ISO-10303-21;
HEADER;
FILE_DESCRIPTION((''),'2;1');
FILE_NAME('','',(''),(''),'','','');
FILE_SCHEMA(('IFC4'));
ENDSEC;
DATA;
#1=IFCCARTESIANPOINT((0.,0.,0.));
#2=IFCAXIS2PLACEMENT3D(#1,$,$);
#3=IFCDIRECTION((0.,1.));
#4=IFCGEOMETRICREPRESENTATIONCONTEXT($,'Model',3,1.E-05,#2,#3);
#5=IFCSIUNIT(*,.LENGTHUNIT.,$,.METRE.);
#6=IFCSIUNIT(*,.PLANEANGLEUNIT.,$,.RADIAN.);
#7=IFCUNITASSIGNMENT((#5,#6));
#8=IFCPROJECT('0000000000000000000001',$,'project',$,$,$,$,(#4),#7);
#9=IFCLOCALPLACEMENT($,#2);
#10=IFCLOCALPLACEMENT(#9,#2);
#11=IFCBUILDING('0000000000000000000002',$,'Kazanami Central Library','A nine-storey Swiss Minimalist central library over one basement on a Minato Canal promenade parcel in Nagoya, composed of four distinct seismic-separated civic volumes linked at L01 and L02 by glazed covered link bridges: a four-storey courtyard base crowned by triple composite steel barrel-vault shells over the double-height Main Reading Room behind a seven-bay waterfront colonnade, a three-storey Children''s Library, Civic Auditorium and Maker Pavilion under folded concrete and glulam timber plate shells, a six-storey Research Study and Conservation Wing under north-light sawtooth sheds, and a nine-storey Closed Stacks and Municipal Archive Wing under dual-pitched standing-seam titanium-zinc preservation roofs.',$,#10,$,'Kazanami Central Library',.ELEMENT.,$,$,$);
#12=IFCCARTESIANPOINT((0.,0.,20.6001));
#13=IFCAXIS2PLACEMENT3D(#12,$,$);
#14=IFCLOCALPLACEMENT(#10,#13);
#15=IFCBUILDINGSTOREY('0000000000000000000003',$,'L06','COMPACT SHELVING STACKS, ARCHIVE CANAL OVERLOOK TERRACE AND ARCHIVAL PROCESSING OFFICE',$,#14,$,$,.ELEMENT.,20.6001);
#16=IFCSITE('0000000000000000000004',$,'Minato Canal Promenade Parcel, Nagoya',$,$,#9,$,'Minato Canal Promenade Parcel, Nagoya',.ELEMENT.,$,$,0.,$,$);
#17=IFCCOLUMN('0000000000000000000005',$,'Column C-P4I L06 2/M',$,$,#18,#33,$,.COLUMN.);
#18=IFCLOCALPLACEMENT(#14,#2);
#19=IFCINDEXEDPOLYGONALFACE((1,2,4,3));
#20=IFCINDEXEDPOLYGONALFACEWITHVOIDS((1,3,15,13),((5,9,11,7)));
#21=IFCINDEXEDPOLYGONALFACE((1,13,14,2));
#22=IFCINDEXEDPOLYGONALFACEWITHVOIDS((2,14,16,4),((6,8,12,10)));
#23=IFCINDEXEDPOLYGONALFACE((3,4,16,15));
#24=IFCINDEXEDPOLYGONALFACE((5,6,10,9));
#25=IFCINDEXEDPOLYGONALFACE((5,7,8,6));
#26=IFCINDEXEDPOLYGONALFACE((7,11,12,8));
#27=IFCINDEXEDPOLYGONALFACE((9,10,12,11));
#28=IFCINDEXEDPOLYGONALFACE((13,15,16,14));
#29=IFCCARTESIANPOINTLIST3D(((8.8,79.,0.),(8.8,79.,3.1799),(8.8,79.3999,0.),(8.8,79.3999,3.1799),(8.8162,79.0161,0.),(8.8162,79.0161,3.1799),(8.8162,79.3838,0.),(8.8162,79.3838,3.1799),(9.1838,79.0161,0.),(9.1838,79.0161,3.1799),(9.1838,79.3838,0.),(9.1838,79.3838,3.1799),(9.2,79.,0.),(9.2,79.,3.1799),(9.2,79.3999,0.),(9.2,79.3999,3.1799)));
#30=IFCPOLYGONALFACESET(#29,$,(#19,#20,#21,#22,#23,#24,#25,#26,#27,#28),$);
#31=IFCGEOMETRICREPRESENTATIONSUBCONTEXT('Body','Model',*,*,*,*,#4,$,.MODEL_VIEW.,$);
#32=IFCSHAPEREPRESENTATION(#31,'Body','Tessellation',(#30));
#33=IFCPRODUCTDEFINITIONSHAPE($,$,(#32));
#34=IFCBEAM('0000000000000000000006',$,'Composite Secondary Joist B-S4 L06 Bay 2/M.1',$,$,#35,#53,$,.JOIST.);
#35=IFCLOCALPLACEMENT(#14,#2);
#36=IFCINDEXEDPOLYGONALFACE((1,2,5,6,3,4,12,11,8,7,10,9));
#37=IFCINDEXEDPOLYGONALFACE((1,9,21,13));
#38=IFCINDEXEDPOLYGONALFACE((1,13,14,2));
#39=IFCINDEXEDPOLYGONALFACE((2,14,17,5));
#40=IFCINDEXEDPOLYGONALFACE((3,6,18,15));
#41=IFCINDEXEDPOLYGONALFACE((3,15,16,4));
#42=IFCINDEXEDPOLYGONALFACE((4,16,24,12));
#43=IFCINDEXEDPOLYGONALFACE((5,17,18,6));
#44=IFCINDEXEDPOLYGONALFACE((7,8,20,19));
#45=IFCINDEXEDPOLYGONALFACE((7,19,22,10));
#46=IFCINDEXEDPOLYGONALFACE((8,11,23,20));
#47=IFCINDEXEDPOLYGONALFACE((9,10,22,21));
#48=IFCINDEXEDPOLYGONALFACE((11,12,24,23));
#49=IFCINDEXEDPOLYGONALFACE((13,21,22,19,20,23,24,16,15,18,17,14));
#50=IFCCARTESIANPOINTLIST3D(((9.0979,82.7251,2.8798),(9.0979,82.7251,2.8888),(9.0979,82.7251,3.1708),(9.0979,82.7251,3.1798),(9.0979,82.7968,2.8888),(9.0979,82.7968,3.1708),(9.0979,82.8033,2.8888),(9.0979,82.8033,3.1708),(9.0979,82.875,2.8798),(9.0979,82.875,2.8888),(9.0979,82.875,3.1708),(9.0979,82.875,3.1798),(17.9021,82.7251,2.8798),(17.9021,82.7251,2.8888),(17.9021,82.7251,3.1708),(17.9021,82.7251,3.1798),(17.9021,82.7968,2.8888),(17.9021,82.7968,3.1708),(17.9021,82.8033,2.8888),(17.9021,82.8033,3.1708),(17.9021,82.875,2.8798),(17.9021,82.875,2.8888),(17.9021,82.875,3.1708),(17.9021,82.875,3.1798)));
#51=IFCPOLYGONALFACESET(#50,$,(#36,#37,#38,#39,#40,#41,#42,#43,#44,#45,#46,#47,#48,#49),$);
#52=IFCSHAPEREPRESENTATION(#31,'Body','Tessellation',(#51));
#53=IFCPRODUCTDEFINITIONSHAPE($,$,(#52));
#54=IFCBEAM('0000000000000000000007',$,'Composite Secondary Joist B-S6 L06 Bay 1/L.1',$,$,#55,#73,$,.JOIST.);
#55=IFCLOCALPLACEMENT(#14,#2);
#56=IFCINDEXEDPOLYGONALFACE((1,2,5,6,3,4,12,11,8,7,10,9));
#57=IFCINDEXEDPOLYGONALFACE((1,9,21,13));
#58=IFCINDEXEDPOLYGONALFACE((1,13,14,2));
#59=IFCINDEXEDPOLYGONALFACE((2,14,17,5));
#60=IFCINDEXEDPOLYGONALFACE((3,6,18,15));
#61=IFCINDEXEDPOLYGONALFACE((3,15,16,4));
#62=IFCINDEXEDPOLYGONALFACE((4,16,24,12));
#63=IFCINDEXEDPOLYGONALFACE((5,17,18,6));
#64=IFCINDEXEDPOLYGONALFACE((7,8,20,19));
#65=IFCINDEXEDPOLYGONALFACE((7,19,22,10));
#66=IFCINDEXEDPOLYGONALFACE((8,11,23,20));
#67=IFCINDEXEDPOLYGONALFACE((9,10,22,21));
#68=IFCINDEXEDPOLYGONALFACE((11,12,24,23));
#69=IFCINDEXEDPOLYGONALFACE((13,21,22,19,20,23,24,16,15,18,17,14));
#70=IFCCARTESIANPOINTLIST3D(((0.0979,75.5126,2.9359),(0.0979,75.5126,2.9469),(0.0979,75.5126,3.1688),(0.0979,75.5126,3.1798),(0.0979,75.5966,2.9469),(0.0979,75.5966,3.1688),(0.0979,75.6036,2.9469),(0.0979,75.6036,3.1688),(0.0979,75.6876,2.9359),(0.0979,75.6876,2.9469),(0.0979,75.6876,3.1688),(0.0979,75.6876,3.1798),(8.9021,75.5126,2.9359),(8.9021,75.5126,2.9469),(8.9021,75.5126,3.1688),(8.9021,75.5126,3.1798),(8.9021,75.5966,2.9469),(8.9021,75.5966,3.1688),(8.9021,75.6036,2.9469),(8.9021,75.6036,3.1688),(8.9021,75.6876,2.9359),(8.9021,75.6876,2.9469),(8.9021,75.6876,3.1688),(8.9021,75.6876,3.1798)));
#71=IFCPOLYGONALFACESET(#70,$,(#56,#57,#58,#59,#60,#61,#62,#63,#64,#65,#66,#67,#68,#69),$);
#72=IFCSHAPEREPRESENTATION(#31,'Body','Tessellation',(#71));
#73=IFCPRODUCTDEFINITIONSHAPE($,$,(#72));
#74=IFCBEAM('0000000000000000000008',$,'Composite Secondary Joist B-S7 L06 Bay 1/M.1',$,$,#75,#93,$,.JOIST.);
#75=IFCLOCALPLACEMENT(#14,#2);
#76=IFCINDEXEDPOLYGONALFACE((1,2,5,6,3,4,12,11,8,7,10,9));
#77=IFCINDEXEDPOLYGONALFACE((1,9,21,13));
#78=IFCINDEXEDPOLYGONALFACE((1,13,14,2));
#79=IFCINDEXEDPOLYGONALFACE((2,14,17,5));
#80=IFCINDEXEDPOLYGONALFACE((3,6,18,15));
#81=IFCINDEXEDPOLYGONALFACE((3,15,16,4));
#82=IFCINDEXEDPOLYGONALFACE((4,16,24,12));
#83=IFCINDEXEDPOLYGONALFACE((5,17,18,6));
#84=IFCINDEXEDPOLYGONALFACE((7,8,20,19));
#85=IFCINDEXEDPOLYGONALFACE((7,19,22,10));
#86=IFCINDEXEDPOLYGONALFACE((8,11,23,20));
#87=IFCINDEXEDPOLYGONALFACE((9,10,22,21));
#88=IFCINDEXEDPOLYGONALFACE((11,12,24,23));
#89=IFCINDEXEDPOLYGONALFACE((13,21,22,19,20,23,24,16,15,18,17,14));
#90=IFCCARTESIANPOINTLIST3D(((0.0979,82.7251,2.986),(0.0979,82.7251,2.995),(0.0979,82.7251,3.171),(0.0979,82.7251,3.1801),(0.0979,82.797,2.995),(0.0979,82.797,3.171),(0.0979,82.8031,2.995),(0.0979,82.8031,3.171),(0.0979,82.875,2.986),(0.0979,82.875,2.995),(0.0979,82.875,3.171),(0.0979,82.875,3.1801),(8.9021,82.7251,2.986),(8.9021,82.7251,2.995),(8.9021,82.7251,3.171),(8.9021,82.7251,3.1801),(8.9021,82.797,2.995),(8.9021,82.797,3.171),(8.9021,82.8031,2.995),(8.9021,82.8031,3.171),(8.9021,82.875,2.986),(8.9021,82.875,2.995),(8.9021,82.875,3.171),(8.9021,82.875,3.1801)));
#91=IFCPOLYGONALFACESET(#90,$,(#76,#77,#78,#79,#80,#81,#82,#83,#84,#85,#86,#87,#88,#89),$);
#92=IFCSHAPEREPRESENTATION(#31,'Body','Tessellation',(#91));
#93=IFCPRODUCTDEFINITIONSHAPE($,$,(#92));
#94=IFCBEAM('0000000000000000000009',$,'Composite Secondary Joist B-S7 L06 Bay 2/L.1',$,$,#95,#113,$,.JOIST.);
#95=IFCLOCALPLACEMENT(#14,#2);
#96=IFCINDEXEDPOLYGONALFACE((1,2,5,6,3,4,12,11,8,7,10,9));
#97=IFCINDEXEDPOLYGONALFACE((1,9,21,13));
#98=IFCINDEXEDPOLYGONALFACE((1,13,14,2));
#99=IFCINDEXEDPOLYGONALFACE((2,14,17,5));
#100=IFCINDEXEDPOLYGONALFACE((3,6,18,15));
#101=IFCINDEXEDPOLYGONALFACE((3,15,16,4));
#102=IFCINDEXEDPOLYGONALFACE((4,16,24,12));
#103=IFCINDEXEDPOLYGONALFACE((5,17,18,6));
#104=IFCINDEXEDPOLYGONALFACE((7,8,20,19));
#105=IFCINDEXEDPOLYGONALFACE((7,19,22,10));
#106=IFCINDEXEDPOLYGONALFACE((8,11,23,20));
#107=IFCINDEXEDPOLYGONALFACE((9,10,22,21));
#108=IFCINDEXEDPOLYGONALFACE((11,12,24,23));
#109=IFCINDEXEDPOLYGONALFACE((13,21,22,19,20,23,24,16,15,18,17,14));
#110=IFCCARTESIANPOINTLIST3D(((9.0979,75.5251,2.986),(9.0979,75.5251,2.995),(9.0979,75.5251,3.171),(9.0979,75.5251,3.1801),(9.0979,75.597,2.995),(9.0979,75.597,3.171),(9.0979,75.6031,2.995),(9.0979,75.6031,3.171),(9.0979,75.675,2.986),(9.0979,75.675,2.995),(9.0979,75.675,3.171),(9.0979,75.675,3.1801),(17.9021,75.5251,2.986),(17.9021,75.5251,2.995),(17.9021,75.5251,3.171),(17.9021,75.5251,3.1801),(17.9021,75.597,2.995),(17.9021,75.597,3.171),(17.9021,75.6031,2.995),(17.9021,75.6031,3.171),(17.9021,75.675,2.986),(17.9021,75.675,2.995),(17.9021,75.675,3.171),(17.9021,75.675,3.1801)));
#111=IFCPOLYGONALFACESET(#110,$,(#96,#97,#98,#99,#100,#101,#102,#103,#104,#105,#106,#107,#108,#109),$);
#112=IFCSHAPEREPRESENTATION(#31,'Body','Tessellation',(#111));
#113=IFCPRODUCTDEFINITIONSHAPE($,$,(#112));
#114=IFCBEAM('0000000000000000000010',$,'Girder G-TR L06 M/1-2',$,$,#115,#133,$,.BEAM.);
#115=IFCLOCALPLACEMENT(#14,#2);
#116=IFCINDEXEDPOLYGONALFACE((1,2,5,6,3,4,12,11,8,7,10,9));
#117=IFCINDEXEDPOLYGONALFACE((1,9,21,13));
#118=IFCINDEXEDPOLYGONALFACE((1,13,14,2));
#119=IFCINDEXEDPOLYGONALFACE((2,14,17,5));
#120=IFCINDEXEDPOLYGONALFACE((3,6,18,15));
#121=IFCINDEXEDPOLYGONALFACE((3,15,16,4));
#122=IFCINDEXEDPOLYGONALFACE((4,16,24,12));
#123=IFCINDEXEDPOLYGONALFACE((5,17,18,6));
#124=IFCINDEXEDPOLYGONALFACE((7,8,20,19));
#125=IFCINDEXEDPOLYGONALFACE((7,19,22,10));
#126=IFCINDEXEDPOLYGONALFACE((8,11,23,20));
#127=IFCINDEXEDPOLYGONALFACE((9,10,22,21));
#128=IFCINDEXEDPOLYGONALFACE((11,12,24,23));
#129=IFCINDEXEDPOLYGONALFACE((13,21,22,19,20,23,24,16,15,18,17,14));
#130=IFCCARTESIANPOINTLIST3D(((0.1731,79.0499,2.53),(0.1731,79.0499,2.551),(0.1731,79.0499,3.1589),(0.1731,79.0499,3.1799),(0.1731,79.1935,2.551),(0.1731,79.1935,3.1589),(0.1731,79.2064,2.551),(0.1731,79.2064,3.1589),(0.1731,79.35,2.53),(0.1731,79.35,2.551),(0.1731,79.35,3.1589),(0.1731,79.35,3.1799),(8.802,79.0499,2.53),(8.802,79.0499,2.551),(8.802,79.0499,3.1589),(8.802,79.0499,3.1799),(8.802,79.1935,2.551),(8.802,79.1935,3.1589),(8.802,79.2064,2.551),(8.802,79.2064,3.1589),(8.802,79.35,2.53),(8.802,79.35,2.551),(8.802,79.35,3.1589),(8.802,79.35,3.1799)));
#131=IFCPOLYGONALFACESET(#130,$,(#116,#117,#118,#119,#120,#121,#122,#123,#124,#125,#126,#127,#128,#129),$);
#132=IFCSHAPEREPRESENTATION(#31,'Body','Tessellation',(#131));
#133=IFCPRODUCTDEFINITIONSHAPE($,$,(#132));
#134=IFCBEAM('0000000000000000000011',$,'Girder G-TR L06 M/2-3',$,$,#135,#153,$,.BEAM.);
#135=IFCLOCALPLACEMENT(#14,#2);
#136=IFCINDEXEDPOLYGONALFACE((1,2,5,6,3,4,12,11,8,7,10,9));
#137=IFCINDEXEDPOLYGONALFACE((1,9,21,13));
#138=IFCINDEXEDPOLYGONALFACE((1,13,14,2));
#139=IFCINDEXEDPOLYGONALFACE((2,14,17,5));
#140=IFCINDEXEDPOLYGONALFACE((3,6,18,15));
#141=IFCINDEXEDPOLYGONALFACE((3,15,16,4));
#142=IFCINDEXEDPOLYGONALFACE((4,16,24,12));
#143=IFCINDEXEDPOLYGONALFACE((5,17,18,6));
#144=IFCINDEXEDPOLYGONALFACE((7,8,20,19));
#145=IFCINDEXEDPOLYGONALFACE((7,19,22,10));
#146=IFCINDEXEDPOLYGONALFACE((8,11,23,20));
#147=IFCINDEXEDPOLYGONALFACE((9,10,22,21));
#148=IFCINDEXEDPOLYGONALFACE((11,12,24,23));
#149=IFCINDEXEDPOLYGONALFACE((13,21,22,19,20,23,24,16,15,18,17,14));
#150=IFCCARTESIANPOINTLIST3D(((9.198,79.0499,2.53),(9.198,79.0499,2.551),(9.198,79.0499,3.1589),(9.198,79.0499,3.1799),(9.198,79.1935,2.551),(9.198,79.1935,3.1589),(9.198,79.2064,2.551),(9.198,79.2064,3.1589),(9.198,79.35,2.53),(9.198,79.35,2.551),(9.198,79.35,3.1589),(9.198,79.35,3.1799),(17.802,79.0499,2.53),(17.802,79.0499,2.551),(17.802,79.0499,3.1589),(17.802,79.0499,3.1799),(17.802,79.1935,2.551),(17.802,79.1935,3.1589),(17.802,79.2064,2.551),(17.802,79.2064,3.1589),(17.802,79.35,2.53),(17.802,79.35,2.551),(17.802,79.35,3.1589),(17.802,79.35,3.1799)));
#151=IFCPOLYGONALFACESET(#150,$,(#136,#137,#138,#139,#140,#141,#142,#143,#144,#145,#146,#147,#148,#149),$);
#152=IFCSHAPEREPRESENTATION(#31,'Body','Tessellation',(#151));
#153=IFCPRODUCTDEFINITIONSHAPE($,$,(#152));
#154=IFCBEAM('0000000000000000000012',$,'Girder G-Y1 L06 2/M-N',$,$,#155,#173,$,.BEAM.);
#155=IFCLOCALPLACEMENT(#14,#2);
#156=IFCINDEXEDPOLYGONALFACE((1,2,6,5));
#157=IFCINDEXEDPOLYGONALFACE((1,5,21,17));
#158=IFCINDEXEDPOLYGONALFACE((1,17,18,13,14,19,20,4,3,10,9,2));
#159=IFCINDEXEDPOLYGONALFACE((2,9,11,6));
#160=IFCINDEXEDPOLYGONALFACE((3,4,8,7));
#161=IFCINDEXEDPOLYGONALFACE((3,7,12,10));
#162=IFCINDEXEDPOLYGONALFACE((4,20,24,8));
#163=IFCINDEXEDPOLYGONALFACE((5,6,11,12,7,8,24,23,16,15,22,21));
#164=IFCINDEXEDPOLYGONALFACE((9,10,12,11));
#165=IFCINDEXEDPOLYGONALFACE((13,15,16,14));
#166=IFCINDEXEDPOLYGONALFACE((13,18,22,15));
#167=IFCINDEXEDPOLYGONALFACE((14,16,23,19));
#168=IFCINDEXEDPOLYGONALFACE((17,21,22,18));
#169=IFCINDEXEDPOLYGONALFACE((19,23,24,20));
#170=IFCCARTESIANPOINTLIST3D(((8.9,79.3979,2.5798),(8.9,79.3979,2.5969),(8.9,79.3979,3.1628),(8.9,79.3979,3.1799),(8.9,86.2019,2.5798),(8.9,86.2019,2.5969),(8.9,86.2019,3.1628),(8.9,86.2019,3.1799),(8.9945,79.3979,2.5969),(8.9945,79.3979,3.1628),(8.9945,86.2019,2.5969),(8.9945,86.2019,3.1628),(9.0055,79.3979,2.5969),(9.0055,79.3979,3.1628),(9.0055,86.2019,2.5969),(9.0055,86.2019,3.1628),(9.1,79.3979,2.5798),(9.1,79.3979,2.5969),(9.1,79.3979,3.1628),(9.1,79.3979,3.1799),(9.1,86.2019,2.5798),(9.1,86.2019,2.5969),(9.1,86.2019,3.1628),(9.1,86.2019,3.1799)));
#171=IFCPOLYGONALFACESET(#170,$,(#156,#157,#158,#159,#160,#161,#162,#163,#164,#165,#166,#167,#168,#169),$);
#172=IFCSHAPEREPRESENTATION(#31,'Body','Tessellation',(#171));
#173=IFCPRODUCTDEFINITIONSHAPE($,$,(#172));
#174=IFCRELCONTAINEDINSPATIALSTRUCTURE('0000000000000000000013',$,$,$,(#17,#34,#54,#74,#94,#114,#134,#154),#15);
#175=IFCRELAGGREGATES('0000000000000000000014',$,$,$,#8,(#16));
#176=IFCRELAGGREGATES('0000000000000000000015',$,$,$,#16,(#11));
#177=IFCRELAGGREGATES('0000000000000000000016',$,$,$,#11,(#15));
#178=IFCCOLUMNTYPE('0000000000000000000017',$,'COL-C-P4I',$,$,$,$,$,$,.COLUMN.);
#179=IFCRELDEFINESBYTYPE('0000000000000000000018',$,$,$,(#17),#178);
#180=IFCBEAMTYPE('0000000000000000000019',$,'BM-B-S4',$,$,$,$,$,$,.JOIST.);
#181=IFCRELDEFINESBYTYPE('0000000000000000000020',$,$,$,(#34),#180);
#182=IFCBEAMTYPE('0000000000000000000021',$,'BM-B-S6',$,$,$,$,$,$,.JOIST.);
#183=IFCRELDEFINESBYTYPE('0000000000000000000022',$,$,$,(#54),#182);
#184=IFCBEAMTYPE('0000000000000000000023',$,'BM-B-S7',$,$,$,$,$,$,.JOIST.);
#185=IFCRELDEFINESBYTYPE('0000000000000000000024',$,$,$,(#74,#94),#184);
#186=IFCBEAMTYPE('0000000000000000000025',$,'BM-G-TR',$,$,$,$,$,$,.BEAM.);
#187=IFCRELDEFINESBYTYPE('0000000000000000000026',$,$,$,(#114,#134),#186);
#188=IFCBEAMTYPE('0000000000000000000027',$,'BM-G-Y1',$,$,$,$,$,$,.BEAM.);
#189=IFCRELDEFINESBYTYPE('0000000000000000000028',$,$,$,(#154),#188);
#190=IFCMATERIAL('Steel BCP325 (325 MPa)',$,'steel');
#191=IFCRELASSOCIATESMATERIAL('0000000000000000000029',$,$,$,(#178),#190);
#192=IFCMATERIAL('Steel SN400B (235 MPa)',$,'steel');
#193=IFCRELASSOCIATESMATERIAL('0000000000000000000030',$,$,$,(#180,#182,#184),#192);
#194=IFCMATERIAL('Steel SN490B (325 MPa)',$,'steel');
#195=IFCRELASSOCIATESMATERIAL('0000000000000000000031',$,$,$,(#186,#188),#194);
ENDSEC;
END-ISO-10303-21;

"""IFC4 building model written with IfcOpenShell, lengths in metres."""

from ifc_helpers import new_model, si_unit, direction, frame, origin, origin_2d, place, context, subcontext, project, spatial, hollow_rectangle, i_section, extrude, material, material_profile, profile_set, type_object, element, save


model = new_model("IFC4")

# Units and contexts
model_context = context("Model", 3, precision=1e-05, world=origin(), true_north=direction((0.0, 1.0)))
body_context = subcontext(model_context, "Body", "Model", "MODEL_VIEW")
ifc_project = project(units=[si_unit("LENGTHUNIT", "METRE"), si_unit("PLANEANGLEUNIT", "RADIAN")], contexts=[model_context])

# Site, building, storey
site_placement = place(None, origin())
site = spatial("IfcSite", under=ifc_project, at=site_placement, Name="Minato Canal Promenade Parcel, Nagoya", LongName="Minato Canal Promenade Parcel, Nagoya", CompositionType="ELEMENT", RefElevation=0.0)
building_placement = place(site_placement, origin())
building = spatial("IfcBuilding", under=site, at=building_placement, Name="Kazanami Central Library", Description="A nine-storey Swiss Minimalist central library over one basement on a Minato Canal promenade parcel in Nagoya, composed of four distinct seismic-separated civic volumes linked at L01 and L02 by glazed covered link bridges: a four-storey courtyard base crowned by triple composite steel barrel-vault shells over the double-height Main Reading Room behind a seven-bay waterfront colonnade, a three-storey Children's Library, Civic Auditorium and Maker Pavilion under folded concrete and glulam timber plate shells, a six-storey Research Study and Conservation Wing under north-light sawtooth sheds, and a nine-storey Closed Stacks and Municipal Archive Wing under dual-pitched standing-seam titanium-zinc preservation roofs.", LongName="Kazanami Central Library", CompositionType="ELEMENT")
storey_placement = place(building_placement, frame((0.0, 0.0, 20.6001)))
storey = spatial("IfcBuildingStorey", under=building, at=storey_placement, Name="L06", Description="COMPACT SHELVING STACKS, ARCHIVE CANAL OVERLOOK TERRACE AND ARCHIVAL PROCESSING OFFICE", CompositionType="ELEMENT", Elevation=20.6001)

# Column
ifc_material_1 = material(Name="Steel BCP325 (325 MPa)", Category="steel")
ifc_material_profile_1 = material_profile(ifc_material_1, hollow_rectangle(XDim=0.3999, YDim=0.3999, WallThickness=0.0161, at=origin_2d()), Name="BCP-400x400x16")
ifc_profile_set_1 = profile_set([ifc_material_profile_1], Name="Steel BCP325 (325 MPa)")
column_type = type_object("IfcColumnType", Name="COL-C-P4I", PredefinedType="COLUMN", material=ifc_profile_set_1)
column_placement = place(storey_placement, frame((9.0, 79.2, 0.0), z_axis=(0.0, 0.0, 1.0), x_axis=(1.0, 0.0, 0.0)))
element("IfcColumn", 1, at=column_placement, inside=storey, type_object=column_type, Name="Column C-P4I L06 2/M", PredefinedType="COLUMN", context=body_context, shape_type="SweptSolid", body=[
    extrude(hollow_rectangle(XDim=0.3999, YDim=0.3999, WallThickness=0.0161, at=origin_2d()), origin(), (0.0, 0.0, 1.0), 3.1799),
])

# Beams
ifc_material_2 = material(Name="Steel SN400B (235 MPa)", Category="steel")
ifc_material_profile_2 = material_profile(ifc_material_2, i_section(OverallWidth=0.1499, OverallDepth=0.3, WebThickness=0.0066, FlangeThickness=0.009, at=origin_2d()), Name="H-300x150x6.5x9")
ifc_profile_set_2 = profile_set([ifc_material_profile_2], Name="Steel SN400B (235 MPa)")
beam_type_1 = type_object("IfcBeamType", Name="BM-B-S4", PredefinedType="JOIST", material=ifc_profile_set_2)
beam_1_placement = place(storey_placement, frame((9.0979, 82.8, 3.0298), z_axis=(1.0, 0.0, 0.0), x_axis=(0.0, 1.0, 0.0)))
element("IfcBeam", 2, at=beam_1_placement, inside=storey, type_object=beam_type_1, Name="Composite Secondary Joist B-S4 L06 Bay 2/M.1", PredefinedType="JOIST", context=body_context, shape_type="SweptSolid", body=[
    extrude(i_section(OverallWidth=0.1499, OverallDepth=0.3, WebThickness=0.0066, FlangeThickness=0.009, at=origin_2d()), origin(), (0.0, 0.0, 1.0), 8.8042),
])
ifc_material_profile_3 = material_profile(ifc_material_2, i_section(OverallWidth=0.175, OverallDepth=0.2439, WebThickness=0.0071, FlangeThickness=0.011, at=origin_2d()), Name="H-244x175x7x11")
ifc_profile_set_3 = profile_set([ifc_material_profile_3], Name="Steel SN400B (235 MPa)")
beam_type_2 = type_object("IfcBeamType", Name="BM-B-S6", PredefinedType="JOIST", material=ifc_profile_set_3)
beam_2_placement = place(storey_placement, frame((0.0979, 75.6001, 3.0579), z_axis=(1.0, 0.0, 0.0), x_axis=(0.0, 1.0, 0.0)))
element("IfcBeam", 3, at=beam_2_placement, inside=storey, type_object=beam_type_2, Name="Composite Secondary Joist B-S6 L06 Bay 1/L.1", PredefinedType="JOIST", context=body_context, shape_type="SweptSolid", body=[
    extrude(i_section(OverallWidth=0.175, OverallDepth=0.2439, WebThickness=0.0071, FlangeThickness=0.011, at=origin_2d()), origin(), (0.0, 0.0, 1.0), 8.8042),
])
ifc_material_profile_4 = material_profile(ifc_material_2, i_section(OverallWidth=0.1499, OverallDepth=0.1941, WebThickness=0.0061, FlangeThickness=0.009, at=origin_2d()), Name="H-194x150x6x9")
ifc_profile_set_4 = profile_set([ifc_material_profile_4], Name="Steel SN400B (235 MPa)")
beam_type_3 = type_object("IfcBeamType", Name="BM-B-S7", PredefinedType="JOIST", material=ifc_profile_set_4)
for number, where, z_axis, x_axis, name in (
    (4, (0.0979, 82.8, 3.083), (1.0, 0.0, 0.0), (0.0, 1.0, 0.0), "Composite Secondary Joist B-S7 L06 Bay 1/M.1"),
    (5, (9.0979, 75.6001, 3.083), (1.0, 0.0, 0.0), (0.0, 1.0, 0.0), "Composite Secondary Joist B-S7 L06 Bay 2/L.1"),
):
    element("IfcBeam", number, at=place(storey_placement, frame(where, z_axis=z_axis, x_axis=x_axis)), inside=storey, type_object=beam_type_3, Name=name, PredefinedType="JOIST", context=body_context, shape_type="SweptSolid", body=[
        extrude(i_section(OverallWidth=0.1499, OverallDepth=0.1941, WebThickness=0.0061, FlangeThickness=0.009, at=origin_2d()), origin(), (0.0, 0.0, 1.0), 8.8042),
    ])
ifc_material_3 = material(Name="Steel SN490B (325 MPa)", Category="steel")
ifc_material_profile_5 = material_profile(ifc_material_3, i_section(OverallWidth=0.3, OverallDepth=0.6499, WebThickness=0.0129, FlangeThickness=0.021, at=origin_2d()), Name="H-650x300x13x21")
ifc_profile_set_5 = profile_set([ifc_material_profile_5], Name="Steel SN490B (325 MPa)")
beam_type_4 = type_object("IfcBeamType", Name="BM-G-TR", PredefinedType="BEAM", material=ifc_profile_set_5)
beam_3_placement = place(storey_placement, frame((0.1731, 79.2, 2.855), z_axis=(1.0, 0.0, 0.0), x_axis=(0.0, 1.0, 0.0)))
element("IfcBeam", 6, at=beam_3_placement, inside=storey, type_object=beam_type_4, Name="Girder G-TR L06 M/1-2", PredefinedType="BEAM", context=body_context, shape_type="SweptSolid", body=[
    extrude(i_section(OverallWidth=0.3, OverallDepth=0.6499, WebThickness=0.0129, FlangeThickness=0.021, at=origin_2d()), origin(), (0.0, 0.0, 1.0), 8.6289),
])
beam_4_placement = place(storey_placement, frame((9.198, 79.2, 2.855), z_axis=(1.0, 0.0, 0.0), x_axis=(0.0, 1.0, 0.0)))
element("IfcBeam", 7, at=beam_4_placement, inside=storey, type_object=beam_type_4, Name="Girder G-TR L06 M/2-3", PredefinedType="BEAM", context=body_context, shape_type="SweptSolid", body=[
    extrude(i_section(OverallWidth=0.3, OverallDepth=0.6499, WebThickness=0.0129, FlangeThickness=0.021, at=origin_2d()), origin(), (0.0, 0.0, 1.0), 8.604),
])
ifc_material_profile_6 = material_profile(ifc_material_3, i_section(OverallWidth=0.2, OverallDepth=0.6001, WebThickness=0.011, FlangeThickness=0.0171, at=origin_2d()), Name="H-600x200x11x17")
ifc_profile_set_6 = profile_set([ifc_material_profile_6], Name="Steel SN490B (325 MPa)")
beam_type_5 = type_object("IfcBeamType", Name="BM-G-Y1", PredefinedType="BEAM", material=ifc_profile_set_6)
beam_5_placement = place(storey_placement, frame((9.0, 79.3979, 2.8799), z_axis=(0.0, 1.0, 0.0), x_axis=(-1.0, 0.0, 0.0)))
element("IfcBeam", 8, at=beam_5_placement, inside=storey, type_object=beam_type_5, Name="Girder G-Y1 L06 2/M-N", PredefinedType="BEAM", context=body_context, shape_type="SweptSolid", body=[
    extrude(i_section(OverallWidth=0.2, OverallDepth=0.6001, WebThickness=0.011, FlangeThickness=0.0171, at=origin_2d()), origin(), (0.0, 0.0, 1.0), 6.804),
])

save(model, "model.ifc")
